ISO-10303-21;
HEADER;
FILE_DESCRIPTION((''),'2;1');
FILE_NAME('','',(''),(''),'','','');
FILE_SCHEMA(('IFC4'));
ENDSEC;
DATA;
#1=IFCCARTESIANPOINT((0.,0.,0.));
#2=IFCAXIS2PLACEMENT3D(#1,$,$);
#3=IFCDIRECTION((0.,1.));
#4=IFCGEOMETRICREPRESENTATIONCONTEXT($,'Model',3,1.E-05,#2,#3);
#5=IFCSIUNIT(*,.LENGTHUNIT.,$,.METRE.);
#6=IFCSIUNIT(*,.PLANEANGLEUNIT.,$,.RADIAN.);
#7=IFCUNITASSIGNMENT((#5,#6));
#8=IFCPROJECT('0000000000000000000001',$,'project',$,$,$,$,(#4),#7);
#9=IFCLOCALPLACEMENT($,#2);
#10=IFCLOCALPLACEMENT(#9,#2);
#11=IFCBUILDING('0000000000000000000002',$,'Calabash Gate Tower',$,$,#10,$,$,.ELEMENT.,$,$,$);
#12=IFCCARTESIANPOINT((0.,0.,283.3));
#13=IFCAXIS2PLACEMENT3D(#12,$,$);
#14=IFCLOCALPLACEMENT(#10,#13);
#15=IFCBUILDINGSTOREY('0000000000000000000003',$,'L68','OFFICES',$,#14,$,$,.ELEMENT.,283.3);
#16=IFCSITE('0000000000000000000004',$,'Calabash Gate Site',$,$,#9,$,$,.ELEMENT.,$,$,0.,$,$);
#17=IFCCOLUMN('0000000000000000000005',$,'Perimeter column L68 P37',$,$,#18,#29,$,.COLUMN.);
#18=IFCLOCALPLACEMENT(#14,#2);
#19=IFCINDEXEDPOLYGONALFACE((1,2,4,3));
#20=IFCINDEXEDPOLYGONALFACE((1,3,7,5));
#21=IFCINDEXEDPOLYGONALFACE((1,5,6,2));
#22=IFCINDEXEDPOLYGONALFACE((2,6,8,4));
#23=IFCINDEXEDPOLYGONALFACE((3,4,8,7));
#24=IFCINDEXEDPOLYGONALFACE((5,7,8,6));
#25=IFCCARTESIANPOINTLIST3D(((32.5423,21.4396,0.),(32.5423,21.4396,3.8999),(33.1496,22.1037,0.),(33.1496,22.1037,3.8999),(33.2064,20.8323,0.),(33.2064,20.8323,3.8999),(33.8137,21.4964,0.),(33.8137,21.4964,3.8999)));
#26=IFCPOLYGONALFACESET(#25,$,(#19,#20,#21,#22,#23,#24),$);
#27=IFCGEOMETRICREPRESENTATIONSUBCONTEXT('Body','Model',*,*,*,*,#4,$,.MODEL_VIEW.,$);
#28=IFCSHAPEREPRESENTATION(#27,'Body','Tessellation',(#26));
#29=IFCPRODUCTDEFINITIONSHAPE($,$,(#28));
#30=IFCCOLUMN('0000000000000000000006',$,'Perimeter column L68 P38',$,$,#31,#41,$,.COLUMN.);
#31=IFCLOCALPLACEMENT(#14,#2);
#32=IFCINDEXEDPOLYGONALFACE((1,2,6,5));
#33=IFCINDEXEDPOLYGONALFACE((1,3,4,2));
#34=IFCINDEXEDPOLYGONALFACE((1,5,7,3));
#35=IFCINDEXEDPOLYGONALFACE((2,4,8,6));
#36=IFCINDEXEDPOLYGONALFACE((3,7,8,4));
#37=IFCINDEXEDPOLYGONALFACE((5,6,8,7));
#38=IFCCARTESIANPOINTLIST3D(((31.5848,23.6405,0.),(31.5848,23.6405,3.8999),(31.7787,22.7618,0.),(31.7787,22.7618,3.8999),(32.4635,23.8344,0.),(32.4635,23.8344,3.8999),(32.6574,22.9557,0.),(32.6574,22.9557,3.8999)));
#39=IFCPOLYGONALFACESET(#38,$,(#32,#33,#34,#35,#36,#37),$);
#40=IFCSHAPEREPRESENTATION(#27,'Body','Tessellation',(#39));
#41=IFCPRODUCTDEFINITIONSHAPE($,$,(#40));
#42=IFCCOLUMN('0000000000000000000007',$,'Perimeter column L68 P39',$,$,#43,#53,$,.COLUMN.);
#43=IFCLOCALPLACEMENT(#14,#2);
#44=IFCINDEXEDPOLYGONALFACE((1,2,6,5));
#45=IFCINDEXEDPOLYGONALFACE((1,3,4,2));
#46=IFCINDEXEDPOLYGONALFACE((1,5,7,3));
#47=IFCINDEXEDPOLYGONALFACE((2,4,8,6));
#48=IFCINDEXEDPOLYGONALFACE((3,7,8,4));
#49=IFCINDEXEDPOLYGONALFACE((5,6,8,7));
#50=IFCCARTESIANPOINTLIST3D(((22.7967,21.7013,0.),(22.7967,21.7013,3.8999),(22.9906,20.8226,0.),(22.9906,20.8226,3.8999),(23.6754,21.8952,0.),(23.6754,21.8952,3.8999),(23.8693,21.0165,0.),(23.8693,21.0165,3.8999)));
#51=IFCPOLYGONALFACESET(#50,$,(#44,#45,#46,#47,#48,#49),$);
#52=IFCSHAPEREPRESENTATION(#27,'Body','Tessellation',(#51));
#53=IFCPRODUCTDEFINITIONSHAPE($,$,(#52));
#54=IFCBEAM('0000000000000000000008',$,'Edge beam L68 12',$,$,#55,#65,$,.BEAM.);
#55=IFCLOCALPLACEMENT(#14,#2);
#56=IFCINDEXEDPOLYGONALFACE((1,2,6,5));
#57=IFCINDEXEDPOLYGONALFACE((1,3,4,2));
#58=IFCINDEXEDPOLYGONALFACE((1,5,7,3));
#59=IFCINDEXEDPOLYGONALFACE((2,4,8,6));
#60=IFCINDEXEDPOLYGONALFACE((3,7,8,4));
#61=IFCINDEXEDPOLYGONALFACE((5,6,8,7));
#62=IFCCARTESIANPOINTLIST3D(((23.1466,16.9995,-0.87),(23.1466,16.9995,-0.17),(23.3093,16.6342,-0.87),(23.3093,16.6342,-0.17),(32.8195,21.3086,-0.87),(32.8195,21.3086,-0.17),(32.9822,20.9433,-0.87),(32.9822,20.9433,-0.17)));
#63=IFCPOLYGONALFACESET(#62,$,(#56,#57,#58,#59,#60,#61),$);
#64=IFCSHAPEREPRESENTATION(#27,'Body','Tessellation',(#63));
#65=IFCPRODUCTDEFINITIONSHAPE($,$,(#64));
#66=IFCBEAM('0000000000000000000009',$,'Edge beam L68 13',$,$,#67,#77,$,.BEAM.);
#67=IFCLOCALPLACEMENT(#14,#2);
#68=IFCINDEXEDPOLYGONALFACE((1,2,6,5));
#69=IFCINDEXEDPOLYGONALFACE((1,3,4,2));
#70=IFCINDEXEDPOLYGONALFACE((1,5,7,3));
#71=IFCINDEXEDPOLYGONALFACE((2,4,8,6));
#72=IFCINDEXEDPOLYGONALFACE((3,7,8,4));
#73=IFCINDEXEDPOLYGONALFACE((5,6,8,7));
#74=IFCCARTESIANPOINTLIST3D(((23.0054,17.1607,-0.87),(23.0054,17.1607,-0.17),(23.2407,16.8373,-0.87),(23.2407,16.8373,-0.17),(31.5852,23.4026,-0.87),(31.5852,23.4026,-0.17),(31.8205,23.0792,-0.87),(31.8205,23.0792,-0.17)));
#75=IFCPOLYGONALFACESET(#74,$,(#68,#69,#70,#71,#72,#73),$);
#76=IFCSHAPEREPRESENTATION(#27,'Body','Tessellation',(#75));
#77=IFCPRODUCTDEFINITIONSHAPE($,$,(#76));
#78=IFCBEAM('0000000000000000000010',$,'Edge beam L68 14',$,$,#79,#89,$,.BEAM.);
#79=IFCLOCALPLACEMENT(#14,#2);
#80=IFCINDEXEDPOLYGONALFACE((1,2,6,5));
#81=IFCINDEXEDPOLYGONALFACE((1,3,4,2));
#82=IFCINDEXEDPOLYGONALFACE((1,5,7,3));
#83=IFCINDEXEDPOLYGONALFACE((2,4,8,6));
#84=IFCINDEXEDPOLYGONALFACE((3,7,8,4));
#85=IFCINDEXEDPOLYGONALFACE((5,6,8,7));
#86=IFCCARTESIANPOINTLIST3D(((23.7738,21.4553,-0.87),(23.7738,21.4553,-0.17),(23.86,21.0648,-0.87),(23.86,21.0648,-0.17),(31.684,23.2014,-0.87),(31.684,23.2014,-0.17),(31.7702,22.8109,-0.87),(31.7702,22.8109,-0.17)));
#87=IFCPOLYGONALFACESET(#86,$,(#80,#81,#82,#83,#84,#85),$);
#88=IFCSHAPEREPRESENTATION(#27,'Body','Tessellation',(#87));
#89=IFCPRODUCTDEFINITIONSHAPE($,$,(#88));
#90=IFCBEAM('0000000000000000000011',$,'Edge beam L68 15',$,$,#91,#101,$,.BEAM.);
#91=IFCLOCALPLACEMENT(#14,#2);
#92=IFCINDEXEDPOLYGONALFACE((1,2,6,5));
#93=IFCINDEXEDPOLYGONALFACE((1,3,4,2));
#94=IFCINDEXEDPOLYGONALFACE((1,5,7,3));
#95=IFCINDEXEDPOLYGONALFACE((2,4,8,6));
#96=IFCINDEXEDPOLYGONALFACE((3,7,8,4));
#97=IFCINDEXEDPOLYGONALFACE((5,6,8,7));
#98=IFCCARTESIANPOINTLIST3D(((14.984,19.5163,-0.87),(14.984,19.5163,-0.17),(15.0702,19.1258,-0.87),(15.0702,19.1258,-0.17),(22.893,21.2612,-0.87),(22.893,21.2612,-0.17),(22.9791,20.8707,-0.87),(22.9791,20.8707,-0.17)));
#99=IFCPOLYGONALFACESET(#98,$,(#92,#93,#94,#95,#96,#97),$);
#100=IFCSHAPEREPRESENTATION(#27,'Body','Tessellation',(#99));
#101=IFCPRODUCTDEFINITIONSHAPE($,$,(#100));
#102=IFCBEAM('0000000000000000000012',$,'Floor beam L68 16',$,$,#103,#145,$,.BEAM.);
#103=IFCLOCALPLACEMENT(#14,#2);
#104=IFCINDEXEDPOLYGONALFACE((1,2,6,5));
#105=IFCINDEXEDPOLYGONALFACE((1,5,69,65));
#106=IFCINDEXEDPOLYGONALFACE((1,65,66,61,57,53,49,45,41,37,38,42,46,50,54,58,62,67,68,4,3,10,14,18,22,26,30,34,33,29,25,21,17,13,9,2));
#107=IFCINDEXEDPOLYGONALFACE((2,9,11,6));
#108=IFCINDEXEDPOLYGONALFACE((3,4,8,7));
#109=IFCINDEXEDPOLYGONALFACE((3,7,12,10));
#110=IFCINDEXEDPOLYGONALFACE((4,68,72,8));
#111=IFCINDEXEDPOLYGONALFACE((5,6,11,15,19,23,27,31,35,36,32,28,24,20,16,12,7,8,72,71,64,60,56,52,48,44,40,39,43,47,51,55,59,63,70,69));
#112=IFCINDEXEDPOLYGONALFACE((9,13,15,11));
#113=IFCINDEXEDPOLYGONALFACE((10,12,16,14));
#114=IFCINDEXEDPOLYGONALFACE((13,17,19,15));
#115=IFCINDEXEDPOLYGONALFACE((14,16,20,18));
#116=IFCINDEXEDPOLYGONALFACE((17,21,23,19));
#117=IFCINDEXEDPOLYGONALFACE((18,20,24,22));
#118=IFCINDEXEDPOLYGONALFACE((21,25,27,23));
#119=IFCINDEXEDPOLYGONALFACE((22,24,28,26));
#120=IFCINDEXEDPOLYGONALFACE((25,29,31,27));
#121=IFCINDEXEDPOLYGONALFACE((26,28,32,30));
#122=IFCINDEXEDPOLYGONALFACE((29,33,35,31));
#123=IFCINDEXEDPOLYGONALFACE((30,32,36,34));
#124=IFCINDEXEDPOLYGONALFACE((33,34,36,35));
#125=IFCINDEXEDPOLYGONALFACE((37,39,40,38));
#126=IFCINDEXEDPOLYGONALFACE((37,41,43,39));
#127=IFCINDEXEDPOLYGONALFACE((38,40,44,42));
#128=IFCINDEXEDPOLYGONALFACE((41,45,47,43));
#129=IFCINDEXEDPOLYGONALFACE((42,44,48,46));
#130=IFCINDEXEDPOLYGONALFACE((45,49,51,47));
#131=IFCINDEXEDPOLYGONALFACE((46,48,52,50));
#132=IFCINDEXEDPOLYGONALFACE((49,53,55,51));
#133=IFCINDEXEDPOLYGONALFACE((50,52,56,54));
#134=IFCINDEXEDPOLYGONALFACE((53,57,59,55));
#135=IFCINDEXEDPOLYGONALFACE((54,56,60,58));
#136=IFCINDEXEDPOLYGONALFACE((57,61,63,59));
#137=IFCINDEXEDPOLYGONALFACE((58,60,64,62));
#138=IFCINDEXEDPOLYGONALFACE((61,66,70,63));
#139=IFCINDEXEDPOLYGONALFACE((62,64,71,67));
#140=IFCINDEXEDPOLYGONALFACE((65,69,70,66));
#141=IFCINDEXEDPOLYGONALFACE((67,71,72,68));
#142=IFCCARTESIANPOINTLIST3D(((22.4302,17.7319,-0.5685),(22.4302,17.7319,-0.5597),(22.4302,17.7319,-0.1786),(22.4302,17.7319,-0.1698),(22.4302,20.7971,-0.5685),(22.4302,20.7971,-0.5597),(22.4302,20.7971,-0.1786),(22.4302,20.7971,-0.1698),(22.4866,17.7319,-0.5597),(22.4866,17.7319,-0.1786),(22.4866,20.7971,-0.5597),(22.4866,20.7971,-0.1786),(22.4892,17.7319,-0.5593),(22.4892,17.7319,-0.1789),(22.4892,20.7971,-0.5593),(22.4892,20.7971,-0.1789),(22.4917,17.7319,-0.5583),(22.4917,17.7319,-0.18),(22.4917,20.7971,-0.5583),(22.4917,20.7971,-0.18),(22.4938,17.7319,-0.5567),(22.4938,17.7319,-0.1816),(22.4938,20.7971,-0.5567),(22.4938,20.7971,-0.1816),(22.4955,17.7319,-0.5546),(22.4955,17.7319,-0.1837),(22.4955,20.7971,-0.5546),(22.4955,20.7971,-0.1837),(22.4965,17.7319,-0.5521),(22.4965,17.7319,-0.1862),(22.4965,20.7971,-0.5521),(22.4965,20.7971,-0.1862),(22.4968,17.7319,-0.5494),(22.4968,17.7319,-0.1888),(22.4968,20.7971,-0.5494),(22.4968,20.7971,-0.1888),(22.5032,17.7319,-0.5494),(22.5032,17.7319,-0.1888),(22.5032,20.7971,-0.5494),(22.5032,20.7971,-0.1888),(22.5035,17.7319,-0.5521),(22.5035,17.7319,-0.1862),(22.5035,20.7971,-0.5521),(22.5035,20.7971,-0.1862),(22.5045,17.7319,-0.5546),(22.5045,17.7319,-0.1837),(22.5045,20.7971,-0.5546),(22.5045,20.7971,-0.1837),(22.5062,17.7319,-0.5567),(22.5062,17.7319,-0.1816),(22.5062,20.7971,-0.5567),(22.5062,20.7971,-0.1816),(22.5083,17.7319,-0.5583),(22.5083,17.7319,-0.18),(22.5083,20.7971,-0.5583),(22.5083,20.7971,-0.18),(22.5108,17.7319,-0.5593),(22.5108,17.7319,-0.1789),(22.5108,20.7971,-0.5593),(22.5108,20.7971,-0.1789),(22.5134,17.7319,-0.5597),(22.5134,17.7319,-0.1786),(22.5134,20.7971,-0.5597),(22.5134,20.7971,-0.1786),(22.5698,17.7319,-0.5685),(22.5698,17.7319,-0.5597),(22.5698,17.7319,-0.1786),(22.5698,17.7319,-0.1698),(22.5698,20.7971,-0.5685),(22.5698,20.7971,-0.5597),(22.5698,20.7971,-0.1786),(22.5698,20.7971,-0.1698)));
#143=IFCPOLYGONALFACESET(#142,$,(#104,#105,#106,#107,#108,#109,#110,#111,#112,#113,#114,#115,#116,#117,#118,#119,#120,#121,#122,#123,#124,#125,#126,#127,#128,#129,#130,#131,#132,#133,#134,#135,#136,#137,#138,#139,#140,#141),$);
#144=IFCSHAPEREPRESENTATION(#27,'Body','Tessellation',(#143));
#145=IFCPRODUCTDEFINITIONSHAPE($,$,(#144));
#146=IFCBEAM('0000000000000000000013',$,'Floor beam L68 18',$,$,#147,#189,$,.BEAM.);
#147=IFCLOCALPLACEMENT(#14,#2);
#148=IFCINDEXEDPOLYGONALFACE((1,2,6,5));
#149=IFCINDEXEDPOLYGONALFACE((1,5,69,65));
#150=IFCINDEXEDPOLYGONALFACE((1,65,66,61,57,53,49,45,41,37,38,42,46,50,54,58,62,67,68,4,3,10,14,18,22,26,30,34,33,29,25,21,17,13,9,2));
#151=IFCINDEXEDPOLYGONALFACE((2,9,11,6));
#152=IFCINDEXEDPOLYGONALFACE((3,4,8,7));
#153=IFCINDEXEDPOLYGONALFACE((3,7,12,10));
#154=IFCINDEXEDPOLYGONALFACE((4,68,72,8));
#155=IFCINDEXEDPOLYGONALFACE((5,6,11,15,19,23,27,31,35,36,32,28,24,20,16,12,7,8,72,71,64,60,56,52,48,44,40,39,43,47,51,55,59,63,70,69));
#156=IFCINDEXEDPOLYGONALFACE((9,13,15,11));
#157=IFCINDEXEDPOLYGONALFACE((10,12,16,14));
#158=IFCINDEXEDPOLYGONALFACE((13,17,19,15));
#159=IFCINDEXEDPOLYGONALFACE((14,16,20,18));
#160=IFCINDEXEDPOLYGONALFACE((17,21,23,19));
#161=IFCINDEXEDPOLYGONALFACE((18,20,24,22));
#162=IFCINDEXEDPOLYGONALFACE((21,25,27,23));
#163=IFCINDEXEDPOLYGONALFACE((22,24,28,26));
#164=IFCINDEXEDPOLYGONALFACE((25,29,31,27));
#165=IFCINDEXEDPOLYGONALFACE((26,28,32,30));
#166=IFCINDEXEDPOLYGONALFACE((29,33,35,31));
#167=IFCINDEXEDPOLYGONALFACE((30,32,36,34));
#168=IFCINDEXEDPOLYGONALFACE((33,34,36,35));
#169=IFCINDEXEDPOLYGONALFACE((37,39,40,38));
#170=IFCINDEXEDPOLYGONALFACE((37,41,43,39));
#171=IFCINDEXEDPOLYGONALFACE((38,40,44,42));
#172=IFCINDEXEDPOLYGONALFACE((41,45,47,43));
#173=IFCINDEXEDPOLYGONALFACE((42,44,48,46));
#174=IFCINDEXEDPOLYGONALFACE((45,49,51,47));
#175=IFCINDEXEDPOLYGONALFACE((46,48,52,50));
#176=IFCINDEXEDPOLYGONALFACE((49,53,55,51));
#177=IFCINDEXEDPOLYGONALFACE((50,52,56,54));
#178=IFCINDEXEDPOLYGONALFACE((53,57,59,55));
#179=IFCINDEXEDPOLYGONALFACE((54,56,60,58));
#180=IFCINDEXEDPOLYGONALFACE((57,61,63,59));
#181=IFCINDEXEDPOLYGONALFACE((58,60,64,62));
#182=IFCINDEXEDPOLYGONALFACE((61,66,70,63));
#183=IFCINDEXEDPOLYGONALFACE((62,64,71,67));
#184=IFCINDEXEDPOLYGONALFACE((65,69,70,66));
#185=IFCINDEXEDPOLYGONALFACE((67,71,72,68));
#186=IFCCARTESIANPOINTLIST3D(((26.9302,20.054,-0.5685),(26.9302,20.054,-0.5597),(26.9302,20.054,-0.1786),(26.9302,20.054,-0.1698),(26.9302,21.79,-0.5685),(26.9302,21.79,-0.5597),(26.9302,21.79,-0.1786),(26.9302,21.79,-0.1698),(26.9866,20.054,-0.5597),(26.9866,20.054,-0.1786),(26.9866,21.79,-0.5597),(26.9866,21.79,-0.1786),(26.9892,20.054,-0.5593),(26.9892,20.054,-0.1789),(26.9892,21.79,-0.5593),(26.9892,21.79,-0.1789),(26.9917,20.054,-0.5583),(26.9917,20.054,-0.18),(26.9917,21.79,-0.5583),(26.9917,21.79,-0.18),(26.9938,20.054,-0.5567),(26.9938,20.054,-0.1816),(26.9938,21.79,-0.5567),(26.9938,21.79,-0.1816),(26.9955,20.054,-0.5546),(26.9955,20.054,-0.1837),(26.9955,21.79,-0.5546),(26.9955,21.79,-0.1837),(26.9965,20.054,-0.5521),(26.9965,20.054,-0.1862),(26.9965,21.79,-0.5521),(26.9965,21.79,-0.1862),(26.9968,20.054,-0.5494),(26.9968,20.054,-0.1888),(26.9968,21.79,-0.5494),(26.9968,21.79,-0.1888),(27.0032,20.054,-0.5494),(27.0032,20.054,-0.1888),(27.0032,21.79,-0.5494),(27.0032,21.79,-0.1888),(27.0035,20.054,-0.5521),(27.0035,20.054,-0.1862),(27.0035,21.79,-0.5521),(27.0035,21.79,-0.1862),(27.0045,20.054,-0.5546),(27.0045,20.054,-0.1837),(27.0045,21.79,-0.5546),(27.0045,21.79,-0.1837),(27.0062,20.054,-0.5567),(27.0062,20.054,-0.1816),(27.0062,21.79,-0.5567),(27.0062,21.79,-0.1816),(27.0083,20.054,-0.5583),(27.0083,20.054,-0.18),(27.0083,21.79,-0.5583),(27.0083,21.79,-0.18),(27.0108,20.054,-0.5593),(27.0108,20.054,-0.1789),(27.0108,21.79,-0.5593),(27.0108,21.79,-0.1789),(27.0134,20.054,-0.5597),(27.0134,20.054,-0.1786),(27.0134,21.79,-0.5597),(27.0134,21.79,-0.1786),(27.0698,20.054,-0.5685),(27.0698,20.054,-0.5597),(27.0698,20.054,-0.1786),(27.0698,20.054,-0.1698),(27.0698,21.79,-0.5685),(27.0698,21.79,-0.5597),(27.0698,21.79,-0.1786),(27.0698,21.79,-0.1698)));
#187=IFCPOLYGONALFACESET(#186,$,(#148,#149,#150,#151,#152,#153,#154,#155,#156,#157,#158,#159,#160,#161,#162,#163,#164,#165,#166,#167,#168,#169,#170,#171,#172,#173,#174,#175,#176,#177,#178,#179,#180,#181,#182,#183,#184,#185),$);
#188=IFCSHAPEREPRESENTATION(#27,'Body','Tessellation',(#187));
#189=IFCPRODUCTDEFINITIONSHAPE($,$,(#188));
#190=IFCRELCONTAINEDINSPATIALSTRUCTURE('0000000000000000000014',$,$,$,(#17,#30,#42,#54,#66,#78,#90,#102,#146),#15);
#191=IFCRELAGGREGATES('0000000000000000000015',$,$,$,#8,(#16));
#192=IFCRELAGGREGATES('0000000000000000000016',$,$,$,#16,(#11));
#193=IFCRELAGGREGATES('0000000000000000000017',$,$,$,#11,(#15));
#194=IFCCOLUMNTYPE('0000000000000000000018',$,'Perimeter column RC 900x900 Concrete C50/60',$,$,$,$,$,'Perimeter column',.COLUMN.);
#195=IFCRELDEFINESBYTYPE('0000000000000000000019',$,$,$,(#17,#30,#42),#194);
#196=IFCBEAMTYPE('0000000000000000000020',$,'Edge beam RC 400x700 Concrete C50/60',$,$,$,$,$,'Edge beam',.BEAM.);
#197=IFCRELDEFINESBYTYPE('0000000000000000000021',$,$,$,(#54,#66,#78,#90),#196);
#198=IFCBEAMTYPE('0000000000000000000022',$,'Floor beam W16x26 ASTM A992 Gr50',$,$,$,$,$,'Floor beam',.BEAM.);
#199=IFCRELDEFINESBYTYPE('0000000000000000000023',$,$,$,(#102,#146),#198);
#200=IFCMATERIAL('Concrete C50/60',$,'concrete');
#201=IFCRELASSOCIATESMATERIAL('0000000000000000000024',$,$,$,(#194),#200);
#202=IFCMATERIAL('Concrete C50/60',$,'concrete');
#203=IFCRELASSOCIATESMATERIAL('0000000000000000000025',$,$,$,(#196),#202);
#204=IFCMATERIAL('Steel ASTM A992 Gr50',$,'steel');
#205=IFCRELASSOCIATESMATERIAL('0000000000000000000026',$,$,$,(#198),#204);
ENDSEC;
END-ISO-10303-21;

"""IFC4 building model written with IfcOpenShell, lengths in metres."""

from ifc_helpers import new_model, si_unit, direction, frame, origin, origin_2d, place, context, subcontext, project, spatial, rectangle, i_section, extrude, material, material_profile, profile_set, type_object, element, save


model = new_model("IFC4")

# Units and contexts
model_context = context("Model", 3, precision=1e-05, world=origin(), true_north=direction((0.0, 1.0)))
body_context = subcontext(model_context, "Body", "Model", "MODEL_VIEW")
ifc_project = project(units=[si_unit("LENGTHUNIT", "METRE"), si_unit("PLANEANGLEUNIT", "RADIAN")], contexts=[model_context])

# Site, building, storey
site_placement = place(None, origin())
site = spatial("IfcSite", under=ifc_project, at=site_placement, Name="Calabash Gate Site", CompositionType="ELEMENT", RefElevation=0.0)
building_placement = place(site_placement, origin())
building = spatial("IfcBuilding", under=site, at=building_placement, Name="Calabash Gate Tower", CompositionType="ELEMENT")
storey_placement = place(building_placement, frame((0.0, 0.0, 283.3)))
storey = spatial("IfcBuildingStorey", under=building, at=storey_placement, Name="L68", Description="OFFICES", CompositionType="ELEMENT", Elevation=283.3)

# Columns
ifc_material_1 = material(Name="Concrete C50/60", Category="concrete")
ifc_material_profile_1 = material_profile(ifc_material_1, rectangle(XDim=0.8999, YDim=0.8999, at=origin_2d()))
ifc_profile_set_1 = profile_set([ifc_material_profile_1], Name="Concrete C50/60")
column_type = type_object("IfcColumnType", Name="Perimeter column RC 900x900 Concrete C50/60", ElementType="Perimeter column", PredefinedType="COLUMN", material=ifc_profile_set_1)
for number, where, z_axis, x_axis, name in (
    (1, (33.178, 21.468, 0.0), (0.0, 0.0, 1.0), (0.674856, 0.737949, 0.0), "Perimeter column L68 P37"),
    (2, (32.1211, 23.2981, 0.0), (0.0, 0.0, 1.0), (-0.976511, -0.215468, 0.0), "Perimeter column L68 P38"),
    (3, (23.333, 21.3589, 0.0), (0.0, 0.0, 1.0), (-0.976511, -0.215468, 0.0), "Perimeter column L68 P39"),
):
    element("IfcColumn", number, at=place(storey_placement, frame(where, z_axis=z_axis, x_axis=x_axis)), inside=storey, type_object=column_type, Name=name, PredefinedType="COLUMN", context=body_context, shape_type="SweptSolid", body=[
        extrude(rectangle(XDim=0.8999, YDim=0.8999, at=origin_2d()), origin(), (0.0, 0.0, 1.0), 3.8999),
    ])

# Beams
ifc_material_2 = material(Name="Concrete C50/60", Category="concrete")
ifc_material_profile_2 = material_profile(ifc_material_2, rectangle(XDim=0.3999, YDim=0.7, at=origin_2d()))
ifc_profile_set_2 = profile_set([ifc_material_profile_2], Name="Concrete C50/60")
beam_type_1 = type_object("IfcBeamType", Name="Edge beam RC 400x700 Concrete C50/60", ElementType="Edge beam", PredefinedType="BEAM", material=ifc_profile_set_2)
beam_1_placement = place(storey_placement, frame((32.9009, 21.126, -0.52), z_axis=(-0.913459, -0.40693, 0.0), x_axis=(0.40693, -0.913459, 0.0)))
element("IfcBeam", 4, at=beam_1_placement, inside=storey, type_object=beam_type_1, Name="Edge beam L68 12", PredefinedType="BEAM", context=body_context, shape_type="SweptSolid", body=[
    extrude(rectangle(XDim=0.3999, YDim=0.7, at=origin_2d()), origin(), (0.0, 0.0, 1.0), 10.5894),
])
beam_2_placement = place(storey_placement, frame((23.123, 16.999, -0.52), z_axis=(0.808644, 0.588299, 0.0), x_axis=(-0.588299, 0.808644, 0.0)))
element("IfcBeam", 5, at=beam_2_placement, inside=storey, type_object=beam_type_1, Name="Edge beam L68 13", PredefinedType="BEAM", context=body_context, shape_type="SweptSolid", body=[
    extrude(rectangle(XDim=0.3999, YDim=0.7, at=origin_2d()), origin(), (0.0, 0.0, 1.0), 10.6101),
])
beam_3_placement = place(storey_placement, frame((31.7271, 23.0061, -0.52), z_axis=(-0.976492, -0.215552, 0.0), x_axis=(0.215552, -0.976492, 0.0)))
element("IfcBeam", 6, at=beam_3_placement, inside=storey, type_object=beam_type_1, Name="Edge beam L68 14", PredefinedType="BEAM", context=body_context, shape_type="SweptSolid", body=[
    extrude(rectangle(XDim=0.3999, YDim=0.7, at=origin_2d()), origin(), (0.0, 0.0, 1.0), 8.1006),
])
beam_4_placement = place(storey_placement, frame((22.936, 21.0659, -0.52), z_axis=(-0.976517, -0.21544, 0.0), x_axis=(0.21544, -0.976517, 0.0)))
element("IfcBeam", 7, at=beam_4_placement, inside=storey, type_object=beam_type_1, Name="Edge beam L68 15", PredefinedType="BEAM", context=body_context, shape_type="SweptSolid", body=[
    extrude(rectangle(XDim=0.3999, YDim=0.7, at=origin_2d()), origin(), (0.0, 0.0, 1.0), 8.0991),
])
ifc_material_3 = material(Name="Steel ASTM A992 Gr50", Category="steel")
ifc_material_profile_3 = material_profile(ifc_material_3, i_section(OverallWidth=0.1396, OverallDepth=0.3987, WebThickness=0.0063, FlangeThickness=0.0088, FilletRadius=0.0103, at=origin_2d()))
ifc_profile_set_3 = profile_set([ifc_material_profile_3], Name="Steel ASTM A992 Gr50")
beam_type_2 = type_object("IfcBeamType", Name="Floor beam W16x26 ASTM A992 Gr50", ElementType="Floor beam", PredefinedType="BEAM", material=ifc_profile_set_3)
beam_5_placement = place(storey_placement, frame((22.5, 17.7319, -0.3691), z_axis=(0.0, 1.0, 0.0), x_axis=(-1.0, 0.0, 0.0)))
element("IfcBeam", 8, at=beam_5_placement, inside=storey, type_object=beam_type_2, Name="Floor beam L68 16", PredefinedType="BEAM", context=body_context, shape_type="SweptSolid", body=[
    extrude(i_section(OverallWidth=0.1396, OverallDepth=0.3987, WebThickness=0.0063, FlangeThickness=0.0088, FilletRadius=0.0103, at=origin_2d()), origin(), (0.0, 0.0, 1.0), 3.0652),
])
beam_6_placement = place(storey_placement, frame((27.0, 20.054, -0.3691), z_axis=(0.0, 1.0, 0.0), x_axis=(-1.0, 0.0, 0.0)))
element("IfcBeam", 9, at=beam_6_placement, inside=storey, type_object=beam_type_2, Name="Floor beam L68 18", PredefinedType="BEAM", context=body_context, shape_type="SweptSolid", body=[
    extrude(i_section(OverallWidth=0.1396, OverallDepth=0.3987, WebThickness=0.0063, FlangeThickness=0.0088, FilletRadius=0.0103, at=origin_2d()), origin(), (0.0, 0.0, 1.0), 1.7361),
])

save(model, "model.ifc")
